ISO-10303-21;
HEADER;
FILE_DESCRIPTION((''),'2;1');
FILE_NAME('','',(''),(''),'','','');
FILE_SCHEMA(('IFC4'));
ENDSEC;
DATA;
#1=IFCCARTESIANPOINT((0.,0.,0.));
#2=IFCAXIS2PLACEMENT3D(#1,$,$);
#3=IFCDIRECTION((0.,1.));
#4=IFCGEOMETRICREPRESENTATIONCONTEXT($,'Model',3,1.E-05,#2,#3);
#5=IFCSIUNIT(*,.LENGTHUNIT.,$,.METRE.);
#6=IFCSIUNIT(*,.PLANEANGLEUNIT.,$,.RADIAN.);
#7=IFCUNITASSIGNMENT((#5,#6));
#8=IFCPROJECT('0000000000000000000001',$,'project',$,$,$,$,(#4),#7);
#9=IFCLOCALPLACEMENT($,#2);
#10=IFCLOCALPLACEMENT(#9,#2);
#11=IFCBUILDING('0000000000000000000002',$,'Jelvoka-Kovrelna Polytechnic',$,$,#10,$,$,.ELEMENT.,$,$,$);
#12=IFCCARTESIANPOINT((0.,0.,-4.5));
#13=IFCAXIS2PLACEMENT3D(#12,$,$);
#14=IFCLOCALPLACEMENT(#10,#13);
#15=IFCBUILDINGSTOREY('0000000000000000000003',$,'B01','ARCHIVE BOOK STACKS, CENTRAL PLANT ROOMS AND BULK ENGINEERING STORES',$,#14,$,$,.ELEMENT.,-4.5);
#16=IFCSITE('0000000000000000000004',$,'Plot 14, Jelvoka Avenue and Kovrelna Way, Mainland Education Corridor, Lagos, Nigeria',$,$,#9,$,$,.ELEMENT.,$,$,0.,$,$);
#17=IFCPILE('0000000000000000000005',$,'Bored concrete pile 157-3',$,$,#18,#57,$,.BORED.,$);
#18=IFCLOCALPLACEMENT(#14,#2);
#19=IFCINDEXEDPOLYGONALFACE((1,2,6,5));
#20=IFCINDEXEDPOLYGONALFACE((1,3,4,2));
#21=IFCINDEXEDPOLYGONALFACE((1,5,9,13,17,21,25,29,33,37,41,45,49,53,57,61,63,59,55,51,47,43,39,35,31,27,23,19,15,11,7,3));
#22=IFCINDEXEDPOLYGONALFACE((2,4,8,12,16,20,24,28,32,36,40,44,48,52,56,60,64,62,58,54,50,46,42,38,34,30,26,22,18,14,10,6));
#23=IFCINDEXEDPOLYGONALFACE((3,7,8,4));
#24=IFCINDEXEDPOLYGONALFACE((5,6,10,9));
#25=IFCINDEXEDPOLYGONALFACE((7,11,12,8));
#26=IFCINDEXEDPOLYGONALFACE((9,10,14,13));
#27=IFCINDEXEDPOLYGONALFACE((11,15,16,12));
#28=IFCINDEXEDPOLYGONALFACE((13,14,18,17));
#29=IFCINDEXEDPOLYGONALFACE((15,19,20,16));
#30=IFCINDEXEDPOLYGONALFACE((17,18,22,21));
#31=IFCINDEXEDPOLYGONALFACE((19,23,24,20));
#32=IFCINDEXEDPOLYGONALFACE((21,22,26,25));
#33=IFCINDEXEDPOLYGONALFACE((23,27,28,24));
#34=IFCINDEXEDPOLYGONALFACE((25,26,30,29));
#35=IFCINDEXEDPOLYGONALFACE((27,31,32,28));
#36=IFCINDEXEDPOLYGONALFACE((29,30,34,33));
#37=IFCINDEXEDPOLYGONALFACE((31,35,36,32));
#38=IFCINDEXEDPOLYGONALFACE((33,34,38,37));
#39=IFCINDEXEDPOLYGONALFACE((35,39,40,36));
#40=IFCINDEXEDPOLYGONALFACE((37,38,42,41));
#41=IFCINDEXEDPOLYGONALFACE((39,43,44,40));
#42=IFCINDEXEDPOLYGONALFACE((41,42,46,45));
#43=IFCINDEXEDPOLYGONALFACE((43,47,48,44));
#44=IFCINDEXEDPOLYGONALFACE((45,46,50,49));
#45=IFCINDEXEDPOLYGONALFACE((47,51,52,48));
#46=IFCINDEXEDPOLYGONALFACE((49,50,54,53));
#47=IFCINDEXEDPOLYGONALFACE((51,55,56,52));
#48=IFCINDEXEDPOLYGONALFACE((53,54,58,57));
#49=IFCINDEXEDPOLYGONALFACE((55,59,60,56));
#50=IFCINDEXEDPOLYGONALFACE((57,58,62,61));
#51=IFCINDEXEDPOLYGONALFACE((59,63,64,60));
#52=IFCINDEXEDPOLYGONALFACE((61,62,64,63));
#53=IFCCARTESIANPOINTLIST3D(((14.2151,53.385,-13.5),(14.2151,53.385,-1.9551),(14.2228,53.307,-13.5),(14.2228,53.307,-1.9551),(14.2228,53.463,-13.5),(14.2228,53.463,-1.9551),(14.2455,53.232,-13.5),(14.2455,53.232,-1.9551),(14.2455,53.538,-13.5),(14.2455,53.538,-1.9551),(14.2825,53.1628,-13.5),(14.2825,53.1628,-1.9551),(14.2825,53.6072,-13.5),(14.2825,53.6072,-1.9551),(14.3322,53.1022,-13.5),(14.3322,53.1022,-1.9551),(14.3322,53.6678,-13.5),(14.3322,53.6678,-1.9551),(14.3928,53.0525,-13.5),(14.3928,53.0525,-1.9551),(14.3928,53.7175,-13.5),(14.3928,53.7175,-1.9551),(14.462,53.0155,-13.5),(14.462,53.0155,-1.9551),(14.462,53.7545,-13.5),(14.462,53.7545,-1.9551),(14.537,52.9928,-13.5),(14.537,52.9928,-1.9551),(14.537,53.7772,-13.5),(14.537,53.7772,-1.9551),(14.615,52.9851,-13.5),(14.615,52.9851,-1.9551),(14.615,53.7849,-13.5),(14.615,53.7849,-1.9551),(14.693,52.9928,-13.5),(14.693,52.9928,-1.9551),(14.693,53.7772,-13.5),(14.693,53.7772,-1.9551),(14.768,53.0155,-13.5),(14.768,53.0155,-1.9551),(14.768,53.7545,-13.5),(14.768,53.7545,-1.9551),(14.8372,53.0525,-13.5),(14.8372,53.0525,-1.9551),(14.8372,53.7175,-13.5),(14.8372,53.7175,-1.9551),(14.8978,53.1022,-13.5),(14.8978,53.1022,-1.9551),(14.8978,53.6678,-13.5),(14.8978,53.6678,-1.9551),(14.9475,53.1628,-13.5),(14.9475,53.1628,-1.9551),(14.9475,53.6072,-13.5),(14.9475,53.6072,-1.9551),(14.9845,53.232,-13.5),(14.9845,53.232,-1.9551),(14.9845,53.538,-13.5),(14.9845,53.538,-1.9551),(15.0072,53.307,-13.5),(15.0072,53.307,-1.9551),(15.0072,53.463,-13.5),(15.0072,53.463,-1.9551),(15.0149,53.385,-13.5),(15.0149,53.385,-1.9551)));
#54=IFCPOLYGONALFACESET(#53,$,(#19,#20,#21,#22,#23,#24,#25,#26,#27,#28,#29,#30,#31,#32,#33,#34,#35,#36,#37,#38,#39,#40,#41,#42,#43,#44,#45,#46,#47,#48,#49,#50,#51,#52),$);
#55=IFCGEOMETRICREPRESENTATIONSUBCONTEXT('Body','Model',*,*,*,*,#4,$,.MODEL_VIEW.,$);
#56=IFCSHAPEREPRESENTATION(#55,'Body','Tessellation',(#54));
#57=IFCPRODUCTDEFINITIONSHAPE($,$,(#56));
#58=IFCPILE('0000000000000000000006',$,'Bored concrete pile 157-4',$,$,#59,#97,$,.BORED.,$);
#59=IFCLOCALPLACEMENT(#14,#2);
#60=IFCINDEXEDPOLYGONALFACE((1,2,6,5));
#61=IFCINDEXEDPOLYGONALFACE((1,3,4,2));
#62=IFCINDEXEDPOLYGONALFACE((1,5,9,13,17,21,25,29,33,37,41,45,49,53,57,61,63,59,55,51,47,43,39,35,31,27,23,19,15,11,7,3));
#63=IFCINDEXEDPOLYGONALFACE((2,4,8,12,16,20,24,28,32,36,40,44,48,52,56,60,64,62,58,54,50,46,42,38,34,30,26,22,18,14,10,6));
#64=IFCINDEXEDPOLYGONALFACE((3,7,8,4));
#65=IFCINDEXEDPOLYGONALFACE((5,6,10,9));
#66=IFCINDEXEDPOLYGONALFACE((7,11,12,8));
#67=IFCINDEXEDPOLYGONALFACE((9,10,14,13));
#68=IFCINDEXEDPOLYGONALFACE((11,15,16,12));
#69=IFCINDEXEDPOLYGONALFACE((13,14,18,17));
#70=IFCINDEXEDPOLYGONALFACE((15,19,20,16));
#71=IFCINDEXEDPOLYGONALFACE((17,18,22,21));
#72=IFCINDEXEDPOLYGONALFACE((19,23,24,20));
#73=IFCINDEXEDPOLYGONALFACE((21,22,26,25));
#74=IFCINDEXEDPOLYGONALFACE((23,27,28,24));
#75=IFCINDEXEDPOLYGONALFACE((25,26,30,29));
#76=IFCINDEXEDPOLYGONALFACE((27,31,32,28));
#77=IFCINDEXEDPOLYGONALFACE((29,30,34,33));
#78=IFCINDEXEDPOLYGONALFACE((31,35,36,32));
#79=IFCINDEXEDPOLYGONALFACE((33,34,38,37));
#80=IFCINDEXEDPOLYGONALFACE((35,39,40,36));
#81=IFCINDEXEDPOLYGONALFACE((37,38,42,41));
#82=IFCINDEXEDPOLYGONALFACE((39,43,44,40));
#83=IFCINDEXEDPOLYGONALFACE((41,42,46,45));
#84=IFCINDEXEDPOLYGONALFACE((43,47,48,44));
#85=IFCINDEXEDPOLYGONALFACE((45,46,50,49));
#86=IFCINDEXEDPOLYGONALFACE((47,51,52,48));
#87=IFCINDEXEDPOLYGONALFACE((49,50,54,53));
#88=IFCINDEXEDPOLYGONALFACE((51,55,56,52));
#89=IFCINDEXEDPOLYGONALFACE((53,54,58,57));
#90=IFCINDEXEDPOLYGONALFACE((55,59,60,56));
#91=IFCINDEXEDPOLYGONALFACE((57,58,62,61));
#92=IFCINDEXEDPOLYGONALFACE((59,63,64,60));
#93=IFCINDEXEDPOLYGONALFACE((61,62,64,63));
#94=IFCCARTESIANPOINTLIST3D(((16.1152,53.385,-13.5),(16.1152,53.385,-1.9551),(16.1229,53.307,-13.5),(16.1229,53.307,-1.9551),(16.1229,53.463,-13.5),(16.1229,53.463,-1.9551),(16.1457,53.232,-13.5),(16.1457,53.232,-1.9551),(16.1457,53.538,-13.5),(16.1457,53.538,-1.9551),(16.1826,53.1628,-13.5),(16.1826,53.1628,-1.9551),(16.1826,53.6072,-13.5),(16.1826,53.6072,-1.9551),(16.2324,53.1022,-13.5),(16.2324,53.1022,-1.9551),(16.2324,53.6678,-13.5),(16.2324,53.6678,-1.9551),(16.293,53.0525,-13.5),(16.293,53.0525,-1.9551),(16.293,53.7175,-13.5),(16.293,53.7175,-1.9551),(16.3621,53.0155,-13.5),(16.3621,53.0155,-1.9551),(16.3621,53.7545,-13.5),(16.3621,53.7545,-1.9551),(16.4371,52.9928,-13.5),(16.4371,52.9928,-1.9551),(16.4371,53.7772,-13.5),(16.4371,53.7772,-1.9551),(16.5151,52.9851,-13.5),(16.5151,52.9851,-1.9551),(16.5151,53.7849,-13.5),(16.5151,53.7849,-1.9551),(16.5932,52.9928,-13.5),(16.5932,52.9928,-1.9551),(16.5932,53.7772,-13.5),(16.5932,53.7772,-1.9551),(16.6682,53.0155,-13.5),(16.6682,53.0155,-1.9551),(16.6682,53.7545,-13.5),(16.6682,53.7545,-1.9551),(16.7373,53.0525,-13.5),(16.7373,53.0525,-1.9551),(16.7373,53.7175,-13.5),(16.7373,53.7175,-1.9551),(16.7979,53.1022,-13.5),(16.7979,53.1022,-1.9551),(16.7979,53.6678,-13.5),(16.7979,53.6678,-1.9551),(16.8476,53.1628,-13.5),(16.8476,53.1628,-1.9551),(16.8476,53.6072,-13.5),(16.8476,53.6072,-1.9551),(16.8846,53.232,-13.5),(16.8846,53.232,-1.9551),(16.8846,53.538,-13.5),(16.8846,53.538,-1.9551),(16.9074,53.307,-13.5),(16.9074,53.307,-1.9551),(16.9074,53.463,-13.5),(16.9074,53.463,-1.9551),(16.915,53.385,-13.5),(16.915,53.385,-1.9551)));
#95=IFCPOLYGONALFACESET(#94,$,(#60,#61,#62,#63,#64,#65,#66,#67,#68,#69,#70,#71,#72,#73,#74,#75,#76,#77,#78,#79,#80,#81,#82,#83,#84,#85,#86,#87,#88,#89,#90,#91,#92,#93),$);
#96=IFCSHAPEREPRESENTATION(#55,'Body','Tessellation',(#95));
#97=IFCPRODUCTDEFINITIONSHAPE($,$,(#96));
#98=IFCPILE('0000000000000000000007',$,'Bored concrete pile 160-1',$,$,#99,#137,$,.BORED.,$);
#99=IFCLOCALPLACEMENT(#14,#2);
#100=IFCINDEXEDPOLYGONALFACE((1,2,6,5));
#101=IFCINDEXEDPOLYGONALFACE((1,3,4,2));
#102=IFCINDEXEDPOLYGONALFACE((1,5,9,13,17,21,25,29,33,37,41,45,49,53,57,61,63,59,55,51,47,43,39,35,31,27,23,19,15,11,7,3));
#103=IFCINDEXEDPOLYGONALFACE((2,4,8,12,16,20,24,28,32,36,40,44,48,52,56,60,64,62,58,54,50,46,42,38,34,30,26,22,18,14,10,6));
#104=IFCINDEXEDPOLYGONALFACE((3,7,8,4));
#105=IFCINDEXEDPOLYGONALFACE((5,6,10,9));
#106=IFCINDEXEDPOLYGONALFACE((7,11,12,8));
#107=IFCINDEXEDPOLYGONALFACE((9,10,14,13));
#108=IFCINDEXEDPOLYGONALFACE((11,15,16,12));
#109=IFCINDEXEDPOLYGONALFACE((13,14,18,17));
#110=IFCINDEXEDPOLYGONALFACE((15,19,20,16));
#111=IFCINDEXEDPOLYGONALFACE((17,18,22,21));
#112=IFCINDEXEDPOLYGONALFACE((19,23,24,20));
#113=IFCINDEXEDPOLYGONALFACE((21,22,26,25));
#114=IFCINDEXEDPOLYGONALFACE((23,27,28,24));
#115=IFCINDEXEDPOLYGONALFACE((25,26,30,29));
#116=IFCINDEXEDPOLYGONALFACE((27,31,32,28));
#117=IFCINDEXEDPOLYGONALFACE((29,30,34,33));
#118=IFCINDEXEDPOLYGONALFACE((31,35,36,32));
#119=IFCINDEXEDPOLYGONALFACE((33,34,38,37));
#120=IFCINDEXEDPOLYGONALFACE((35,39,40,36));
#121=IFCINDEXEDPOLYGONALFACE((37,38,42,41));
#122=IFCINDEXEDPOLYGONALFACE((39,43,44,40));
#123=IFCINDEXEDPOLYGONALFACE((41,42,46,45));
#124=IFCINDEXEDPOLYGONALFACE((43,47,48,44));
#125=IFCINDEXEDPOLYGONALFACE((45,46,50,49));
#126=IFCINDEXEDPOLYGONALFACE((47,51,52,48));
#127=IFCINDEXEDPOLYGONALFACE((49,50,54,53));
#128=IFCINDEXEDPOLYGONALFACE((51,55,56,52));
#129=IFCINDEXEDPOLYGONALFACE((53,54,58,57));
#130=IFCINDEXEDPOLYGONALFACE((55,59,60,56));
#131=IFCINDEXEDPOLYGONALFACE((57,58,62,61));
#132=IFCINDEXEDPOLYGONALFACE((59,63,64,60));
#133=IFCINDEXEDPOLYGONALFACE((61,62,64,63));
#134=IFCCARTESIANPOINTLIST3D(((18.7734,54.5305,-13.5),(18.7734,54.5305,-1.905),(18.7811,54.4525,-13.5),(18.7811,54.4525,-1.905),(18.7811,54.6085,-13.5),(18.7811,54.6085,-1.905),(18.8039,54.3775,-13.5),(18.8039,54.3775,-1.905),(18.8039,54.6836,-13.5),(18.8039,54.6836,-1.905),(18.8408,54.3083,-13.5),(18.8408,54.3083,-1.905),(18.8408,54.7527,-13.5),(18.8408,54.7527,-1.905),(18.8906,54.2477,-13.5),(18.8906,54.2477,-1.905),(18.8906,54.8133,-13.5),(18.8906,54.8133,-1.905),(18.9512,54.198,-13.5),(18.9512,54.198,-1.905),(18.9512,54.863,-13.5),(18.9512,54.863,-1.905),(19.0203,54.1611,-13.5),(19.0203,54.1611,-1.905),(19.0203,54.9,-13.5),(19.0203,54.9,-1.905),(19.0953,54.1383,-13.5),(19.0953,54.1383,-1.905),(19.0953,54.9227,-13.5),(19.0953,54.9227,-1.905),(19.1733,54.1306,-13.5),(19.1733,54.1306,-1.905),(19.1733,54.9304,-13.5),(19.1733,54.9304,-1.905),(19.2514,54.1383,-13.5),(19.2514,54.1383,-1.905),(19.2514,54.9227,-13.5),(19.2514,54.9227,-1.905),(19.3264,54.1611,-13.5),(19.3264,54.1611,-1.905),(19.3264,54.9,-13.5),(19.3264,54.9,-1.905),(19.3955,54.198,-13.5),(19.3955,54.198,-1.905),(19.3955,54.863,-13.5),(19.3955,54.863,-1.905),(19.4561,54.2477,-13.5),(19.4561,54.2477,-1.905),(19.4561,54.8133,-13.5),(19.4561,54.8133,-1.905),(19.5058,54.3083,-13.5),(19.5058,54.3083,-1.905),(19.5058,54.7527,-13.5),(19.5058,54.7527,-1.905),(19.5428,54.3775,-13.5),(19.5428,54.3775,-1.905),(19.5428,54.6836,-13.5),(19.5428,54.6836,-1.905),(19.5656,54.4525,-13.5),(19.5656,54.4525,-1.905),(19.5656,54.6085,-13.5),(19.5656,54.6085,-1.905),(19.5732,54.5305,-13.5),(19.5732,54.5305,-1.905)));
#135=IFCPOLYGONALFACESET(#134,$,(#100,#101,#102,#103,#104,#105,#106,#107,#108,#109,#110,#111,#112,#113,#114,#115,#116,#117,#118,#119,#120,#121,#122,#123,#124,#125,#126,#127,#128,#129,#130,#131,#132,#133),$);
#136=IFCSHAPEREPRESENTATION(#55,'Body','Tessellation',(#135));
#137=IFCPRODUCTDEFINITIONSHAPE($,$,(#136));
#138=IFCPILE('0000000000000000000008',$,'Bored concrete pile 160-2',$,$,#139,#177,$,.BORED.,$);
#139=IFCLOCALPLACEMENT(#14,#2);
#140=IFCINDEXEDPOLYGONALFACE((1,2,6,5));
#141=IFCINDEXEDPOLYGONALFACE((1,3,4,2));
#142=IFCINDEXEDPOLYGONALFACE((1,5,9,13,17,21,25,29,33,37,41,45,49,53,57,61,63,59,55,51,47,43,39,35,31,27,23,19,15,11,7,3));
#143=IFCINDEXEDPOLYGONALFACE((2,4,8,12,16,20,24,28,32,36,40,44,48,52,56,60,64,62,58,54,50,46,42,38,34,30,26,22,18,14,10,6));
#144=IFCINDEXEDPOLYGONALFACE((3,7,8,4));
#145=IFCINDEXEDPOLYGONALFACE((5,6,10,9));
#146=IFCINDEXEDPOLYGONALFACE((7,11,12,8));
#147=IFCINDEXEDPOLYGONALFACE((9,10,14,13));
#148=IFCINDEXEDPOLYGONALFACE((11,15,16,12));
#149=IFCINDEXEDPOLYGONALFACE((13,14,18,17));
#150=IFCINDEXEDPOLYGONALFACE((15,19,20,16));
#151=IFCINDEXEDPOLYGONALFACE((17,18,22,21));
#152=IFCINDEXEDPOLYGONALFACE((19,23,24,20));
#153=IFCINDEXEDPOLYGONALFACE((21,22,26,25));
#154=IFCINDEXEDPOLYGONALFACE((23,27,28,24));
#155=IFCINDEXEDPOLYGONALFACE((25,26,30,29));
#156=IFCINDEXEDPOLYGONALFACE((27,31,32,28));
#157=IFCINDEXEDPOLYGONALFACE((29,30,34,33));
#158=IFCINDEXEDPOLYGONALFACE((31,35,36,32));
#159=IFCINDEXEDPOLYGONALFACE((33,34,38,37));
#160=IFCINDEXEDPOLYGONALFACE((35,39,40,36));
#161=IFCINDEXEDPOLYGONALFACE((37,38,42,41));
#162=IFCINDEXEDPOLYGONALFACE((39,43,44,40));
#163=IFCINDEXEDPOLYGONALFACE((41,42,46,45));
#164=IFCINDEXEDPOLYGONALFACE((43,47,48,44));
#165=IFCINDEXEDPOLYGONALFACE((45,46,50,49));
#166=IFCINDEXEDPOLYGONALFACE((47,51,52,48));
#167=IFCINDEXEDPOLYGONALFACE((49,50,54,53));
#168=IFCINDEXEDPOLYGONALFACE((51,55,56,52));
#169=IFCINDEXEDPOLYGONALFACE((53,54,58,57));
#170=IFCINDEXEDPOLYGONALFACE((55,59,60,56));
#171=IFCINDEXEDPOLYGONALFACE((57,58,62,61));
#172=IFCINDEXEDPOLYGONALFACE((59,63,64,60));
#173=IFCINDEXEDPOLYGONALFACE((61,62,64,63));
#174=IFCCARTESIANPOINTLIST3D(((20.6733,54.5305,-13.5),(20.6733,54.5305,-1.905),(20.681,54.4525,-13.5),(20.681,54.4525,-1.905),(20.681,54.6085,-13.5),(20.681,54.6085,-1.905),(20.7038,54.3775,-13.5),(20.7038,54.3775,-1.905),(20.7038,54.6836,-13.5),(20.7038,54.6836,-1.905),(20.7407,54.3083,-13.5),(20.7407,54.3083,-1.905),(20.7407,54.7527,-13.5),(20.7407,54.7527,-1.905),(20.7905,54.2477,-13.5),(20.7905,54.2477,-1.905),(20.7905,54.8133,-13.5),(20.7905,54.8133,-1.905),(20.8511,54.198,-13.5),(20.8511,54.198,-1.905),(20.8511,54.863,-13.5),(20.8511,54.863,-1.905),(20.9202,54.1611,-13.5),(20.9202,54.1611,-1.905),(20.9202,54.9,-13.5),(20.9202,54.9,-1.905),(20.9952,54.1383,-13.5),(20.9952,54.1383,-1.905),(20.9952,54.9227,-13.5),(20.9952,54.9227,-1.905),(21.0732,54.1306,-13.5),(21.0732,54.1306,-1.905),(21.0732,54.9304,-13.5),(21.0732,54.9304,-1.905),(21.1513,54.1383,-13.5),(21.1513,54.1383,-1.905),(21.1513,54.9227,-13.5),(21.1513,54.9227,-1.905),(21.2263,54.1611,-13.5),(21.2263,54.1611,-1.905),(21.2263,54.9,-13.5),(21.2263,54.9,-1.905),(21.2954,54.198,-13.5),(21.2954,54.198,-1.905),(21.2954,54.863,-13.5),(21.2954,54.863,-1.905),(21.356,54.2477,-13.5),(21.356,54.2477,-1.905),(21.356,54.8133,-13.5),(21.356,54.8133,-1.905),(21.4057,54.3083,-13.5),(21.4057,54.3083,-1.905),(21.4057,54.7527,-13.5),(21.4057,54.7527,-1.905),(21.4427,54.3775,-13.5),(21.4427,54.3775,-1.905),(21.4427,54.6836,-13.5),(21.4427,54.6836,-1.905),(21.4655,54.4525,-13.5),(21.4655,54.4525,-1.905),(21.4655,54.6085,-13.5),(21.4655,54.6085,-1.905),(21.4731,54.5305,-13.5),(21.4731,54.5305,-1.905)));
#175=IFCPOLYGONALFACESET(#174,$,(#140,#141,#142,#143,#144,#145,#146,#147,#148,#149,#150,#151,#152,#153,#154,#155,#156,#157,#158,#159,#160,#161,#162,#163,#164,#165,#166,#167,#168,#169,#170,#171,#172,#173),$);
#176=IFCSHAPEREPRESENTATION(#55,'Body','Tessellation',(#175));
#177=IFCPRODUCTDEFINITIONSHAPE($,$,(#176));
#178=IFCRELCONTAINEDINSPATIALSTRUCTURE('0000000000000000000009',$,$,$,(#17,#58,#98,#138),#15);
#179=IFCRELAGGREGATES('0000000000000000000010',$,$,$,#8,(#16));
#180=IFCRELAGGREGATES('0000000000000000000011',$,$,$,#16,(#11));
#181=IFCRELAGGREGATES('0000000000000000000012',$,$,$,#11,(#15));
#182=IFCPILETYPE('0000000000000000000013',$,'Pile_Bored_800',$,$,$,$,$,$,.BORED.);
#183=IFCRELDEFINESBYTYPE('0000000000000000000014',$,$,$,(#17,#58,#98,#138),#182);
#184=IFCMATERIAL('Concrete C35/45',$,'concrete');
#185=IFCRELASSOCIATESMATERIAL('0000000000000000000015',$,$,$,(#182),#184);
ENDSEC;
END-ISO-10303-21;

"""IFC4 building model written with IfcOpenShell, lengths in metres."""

from ifc_helpers import new_model, si_unit, direction, frame, origin, origin_2d, place, context, subcontext, project, spatial, circle, extrude, material, material_profile, profile_set, type_object, element, save


model = new_model("IFC4")

# Units and contexts
model_context = context("Model", 3, precision=1e-05, world=origin(), true_north=direction((0.0, 1.0)))
body_context = subcontext(model_context, "Body", "Model", "MODEL_VIEW")
ifc_project = project(units=[si_unit("LENGTHUNIT", "METRE"), si_unit("PLANEANGLEUNIT", "RADIAN")], contexts=[model_context])

# Site, building, storey
site_placement = place(None, origin())
site = spatial("IfcSite", under=ifc_project, at=site_placement, Name="Plot 14, Jelvoka Avenue and Kovrelna Way, Mainland Education Corridor, Lagos, Nigeria", CompositionType="ELEMENT", RefElevation=0.0)
building_placement = place(site_placement, origin())
building = spatial("IfcBuilding", under=site, at=building_placement, Name="Jelvoka-Kovrelna Polytechnic", CompositionType="ELEMENT")
storey_placement = place(building_placement, frame((0.0, 0.0, -4.5)))
storey = spatial("IfcBuildingStorey", under=building, at=storey_placement, Name="B01", Description="ARCHIVE BOOK STACKS, CENTRAL PLANT ROOMS AND BULK ENGINEERING STORES", CompositionType="ELEMENT", Elevation=-4.5)

# Piles
ifc_material_1 = material(Name="Concrete C35/45", Category="concrete")
ifc_material_profile_1 = material_profile(ifc_material_1, circle(Radius=0.3999, at=origin_2d()), Name="PILE D800")
ifc_profile_set_1 = profile_set([ifc_material_profile_1], Name="Concrete C35/45")
pile_type = type_object("IfcPileType", Name="Pile_Bored_800", PredefinedType="BORED", material=ifc_profile_set_1)
for number, where, z_axis, x_axis, name in (
    (1, (14.615, 53.385, -1.9551), (0.0, 0.0, -1.0), (1.0, 0.0, 0.0), "Bored concrete pile 157-3"),
    (2, (16.5151, 53.385, -1.9551), (0.0, 0.0, -1.0), (1.0, 0.0, 0.0), "Bored concrete pile 157-4"),
):
    element("IfcPile", number, at=place(storey_placement, frame(where, z_axis=z_axis, x_axis=x_axis)), inside=storey, type_object=pile_type, Name=name, PredefinedType="BORED", context=body_context, shape_type="SweptSolid", body=[
        extrude(circle(Radius=0.3999, at=origin_2d()), origin(), (0.0, 0.0, 1.0), 11.5449),
    ])
for number, where, z_axis, x_axis, name in (
    (3, (19.1733, 54.5305, -1.905), (0.0, 0.0, -1.0), (1.0, 0.0, 0.0), "Bored concrete pile 160-1"),
    (4, (21.0732, 54.5305, -1.905), (0.0, 0.0, -1.0), (1.0, 0.0, 0.0), "Bored concrete pile 160-2"),
):
    element("IfcPile", number, at=place(storey_placement, frame(where, z_axis=z_axis, x_axis=x_axis)), inside=storey, type_object=pile_type, Name=name, PredefinedType="BORED", context=body_context, shape_type="SweptSolid", body=[
        extrude(circle(Radius=0.3999, at=origin_2d()), origin(), (0.0, 0.0, 1.0), 11.595),
    ])

save(model, "model.ifc")
